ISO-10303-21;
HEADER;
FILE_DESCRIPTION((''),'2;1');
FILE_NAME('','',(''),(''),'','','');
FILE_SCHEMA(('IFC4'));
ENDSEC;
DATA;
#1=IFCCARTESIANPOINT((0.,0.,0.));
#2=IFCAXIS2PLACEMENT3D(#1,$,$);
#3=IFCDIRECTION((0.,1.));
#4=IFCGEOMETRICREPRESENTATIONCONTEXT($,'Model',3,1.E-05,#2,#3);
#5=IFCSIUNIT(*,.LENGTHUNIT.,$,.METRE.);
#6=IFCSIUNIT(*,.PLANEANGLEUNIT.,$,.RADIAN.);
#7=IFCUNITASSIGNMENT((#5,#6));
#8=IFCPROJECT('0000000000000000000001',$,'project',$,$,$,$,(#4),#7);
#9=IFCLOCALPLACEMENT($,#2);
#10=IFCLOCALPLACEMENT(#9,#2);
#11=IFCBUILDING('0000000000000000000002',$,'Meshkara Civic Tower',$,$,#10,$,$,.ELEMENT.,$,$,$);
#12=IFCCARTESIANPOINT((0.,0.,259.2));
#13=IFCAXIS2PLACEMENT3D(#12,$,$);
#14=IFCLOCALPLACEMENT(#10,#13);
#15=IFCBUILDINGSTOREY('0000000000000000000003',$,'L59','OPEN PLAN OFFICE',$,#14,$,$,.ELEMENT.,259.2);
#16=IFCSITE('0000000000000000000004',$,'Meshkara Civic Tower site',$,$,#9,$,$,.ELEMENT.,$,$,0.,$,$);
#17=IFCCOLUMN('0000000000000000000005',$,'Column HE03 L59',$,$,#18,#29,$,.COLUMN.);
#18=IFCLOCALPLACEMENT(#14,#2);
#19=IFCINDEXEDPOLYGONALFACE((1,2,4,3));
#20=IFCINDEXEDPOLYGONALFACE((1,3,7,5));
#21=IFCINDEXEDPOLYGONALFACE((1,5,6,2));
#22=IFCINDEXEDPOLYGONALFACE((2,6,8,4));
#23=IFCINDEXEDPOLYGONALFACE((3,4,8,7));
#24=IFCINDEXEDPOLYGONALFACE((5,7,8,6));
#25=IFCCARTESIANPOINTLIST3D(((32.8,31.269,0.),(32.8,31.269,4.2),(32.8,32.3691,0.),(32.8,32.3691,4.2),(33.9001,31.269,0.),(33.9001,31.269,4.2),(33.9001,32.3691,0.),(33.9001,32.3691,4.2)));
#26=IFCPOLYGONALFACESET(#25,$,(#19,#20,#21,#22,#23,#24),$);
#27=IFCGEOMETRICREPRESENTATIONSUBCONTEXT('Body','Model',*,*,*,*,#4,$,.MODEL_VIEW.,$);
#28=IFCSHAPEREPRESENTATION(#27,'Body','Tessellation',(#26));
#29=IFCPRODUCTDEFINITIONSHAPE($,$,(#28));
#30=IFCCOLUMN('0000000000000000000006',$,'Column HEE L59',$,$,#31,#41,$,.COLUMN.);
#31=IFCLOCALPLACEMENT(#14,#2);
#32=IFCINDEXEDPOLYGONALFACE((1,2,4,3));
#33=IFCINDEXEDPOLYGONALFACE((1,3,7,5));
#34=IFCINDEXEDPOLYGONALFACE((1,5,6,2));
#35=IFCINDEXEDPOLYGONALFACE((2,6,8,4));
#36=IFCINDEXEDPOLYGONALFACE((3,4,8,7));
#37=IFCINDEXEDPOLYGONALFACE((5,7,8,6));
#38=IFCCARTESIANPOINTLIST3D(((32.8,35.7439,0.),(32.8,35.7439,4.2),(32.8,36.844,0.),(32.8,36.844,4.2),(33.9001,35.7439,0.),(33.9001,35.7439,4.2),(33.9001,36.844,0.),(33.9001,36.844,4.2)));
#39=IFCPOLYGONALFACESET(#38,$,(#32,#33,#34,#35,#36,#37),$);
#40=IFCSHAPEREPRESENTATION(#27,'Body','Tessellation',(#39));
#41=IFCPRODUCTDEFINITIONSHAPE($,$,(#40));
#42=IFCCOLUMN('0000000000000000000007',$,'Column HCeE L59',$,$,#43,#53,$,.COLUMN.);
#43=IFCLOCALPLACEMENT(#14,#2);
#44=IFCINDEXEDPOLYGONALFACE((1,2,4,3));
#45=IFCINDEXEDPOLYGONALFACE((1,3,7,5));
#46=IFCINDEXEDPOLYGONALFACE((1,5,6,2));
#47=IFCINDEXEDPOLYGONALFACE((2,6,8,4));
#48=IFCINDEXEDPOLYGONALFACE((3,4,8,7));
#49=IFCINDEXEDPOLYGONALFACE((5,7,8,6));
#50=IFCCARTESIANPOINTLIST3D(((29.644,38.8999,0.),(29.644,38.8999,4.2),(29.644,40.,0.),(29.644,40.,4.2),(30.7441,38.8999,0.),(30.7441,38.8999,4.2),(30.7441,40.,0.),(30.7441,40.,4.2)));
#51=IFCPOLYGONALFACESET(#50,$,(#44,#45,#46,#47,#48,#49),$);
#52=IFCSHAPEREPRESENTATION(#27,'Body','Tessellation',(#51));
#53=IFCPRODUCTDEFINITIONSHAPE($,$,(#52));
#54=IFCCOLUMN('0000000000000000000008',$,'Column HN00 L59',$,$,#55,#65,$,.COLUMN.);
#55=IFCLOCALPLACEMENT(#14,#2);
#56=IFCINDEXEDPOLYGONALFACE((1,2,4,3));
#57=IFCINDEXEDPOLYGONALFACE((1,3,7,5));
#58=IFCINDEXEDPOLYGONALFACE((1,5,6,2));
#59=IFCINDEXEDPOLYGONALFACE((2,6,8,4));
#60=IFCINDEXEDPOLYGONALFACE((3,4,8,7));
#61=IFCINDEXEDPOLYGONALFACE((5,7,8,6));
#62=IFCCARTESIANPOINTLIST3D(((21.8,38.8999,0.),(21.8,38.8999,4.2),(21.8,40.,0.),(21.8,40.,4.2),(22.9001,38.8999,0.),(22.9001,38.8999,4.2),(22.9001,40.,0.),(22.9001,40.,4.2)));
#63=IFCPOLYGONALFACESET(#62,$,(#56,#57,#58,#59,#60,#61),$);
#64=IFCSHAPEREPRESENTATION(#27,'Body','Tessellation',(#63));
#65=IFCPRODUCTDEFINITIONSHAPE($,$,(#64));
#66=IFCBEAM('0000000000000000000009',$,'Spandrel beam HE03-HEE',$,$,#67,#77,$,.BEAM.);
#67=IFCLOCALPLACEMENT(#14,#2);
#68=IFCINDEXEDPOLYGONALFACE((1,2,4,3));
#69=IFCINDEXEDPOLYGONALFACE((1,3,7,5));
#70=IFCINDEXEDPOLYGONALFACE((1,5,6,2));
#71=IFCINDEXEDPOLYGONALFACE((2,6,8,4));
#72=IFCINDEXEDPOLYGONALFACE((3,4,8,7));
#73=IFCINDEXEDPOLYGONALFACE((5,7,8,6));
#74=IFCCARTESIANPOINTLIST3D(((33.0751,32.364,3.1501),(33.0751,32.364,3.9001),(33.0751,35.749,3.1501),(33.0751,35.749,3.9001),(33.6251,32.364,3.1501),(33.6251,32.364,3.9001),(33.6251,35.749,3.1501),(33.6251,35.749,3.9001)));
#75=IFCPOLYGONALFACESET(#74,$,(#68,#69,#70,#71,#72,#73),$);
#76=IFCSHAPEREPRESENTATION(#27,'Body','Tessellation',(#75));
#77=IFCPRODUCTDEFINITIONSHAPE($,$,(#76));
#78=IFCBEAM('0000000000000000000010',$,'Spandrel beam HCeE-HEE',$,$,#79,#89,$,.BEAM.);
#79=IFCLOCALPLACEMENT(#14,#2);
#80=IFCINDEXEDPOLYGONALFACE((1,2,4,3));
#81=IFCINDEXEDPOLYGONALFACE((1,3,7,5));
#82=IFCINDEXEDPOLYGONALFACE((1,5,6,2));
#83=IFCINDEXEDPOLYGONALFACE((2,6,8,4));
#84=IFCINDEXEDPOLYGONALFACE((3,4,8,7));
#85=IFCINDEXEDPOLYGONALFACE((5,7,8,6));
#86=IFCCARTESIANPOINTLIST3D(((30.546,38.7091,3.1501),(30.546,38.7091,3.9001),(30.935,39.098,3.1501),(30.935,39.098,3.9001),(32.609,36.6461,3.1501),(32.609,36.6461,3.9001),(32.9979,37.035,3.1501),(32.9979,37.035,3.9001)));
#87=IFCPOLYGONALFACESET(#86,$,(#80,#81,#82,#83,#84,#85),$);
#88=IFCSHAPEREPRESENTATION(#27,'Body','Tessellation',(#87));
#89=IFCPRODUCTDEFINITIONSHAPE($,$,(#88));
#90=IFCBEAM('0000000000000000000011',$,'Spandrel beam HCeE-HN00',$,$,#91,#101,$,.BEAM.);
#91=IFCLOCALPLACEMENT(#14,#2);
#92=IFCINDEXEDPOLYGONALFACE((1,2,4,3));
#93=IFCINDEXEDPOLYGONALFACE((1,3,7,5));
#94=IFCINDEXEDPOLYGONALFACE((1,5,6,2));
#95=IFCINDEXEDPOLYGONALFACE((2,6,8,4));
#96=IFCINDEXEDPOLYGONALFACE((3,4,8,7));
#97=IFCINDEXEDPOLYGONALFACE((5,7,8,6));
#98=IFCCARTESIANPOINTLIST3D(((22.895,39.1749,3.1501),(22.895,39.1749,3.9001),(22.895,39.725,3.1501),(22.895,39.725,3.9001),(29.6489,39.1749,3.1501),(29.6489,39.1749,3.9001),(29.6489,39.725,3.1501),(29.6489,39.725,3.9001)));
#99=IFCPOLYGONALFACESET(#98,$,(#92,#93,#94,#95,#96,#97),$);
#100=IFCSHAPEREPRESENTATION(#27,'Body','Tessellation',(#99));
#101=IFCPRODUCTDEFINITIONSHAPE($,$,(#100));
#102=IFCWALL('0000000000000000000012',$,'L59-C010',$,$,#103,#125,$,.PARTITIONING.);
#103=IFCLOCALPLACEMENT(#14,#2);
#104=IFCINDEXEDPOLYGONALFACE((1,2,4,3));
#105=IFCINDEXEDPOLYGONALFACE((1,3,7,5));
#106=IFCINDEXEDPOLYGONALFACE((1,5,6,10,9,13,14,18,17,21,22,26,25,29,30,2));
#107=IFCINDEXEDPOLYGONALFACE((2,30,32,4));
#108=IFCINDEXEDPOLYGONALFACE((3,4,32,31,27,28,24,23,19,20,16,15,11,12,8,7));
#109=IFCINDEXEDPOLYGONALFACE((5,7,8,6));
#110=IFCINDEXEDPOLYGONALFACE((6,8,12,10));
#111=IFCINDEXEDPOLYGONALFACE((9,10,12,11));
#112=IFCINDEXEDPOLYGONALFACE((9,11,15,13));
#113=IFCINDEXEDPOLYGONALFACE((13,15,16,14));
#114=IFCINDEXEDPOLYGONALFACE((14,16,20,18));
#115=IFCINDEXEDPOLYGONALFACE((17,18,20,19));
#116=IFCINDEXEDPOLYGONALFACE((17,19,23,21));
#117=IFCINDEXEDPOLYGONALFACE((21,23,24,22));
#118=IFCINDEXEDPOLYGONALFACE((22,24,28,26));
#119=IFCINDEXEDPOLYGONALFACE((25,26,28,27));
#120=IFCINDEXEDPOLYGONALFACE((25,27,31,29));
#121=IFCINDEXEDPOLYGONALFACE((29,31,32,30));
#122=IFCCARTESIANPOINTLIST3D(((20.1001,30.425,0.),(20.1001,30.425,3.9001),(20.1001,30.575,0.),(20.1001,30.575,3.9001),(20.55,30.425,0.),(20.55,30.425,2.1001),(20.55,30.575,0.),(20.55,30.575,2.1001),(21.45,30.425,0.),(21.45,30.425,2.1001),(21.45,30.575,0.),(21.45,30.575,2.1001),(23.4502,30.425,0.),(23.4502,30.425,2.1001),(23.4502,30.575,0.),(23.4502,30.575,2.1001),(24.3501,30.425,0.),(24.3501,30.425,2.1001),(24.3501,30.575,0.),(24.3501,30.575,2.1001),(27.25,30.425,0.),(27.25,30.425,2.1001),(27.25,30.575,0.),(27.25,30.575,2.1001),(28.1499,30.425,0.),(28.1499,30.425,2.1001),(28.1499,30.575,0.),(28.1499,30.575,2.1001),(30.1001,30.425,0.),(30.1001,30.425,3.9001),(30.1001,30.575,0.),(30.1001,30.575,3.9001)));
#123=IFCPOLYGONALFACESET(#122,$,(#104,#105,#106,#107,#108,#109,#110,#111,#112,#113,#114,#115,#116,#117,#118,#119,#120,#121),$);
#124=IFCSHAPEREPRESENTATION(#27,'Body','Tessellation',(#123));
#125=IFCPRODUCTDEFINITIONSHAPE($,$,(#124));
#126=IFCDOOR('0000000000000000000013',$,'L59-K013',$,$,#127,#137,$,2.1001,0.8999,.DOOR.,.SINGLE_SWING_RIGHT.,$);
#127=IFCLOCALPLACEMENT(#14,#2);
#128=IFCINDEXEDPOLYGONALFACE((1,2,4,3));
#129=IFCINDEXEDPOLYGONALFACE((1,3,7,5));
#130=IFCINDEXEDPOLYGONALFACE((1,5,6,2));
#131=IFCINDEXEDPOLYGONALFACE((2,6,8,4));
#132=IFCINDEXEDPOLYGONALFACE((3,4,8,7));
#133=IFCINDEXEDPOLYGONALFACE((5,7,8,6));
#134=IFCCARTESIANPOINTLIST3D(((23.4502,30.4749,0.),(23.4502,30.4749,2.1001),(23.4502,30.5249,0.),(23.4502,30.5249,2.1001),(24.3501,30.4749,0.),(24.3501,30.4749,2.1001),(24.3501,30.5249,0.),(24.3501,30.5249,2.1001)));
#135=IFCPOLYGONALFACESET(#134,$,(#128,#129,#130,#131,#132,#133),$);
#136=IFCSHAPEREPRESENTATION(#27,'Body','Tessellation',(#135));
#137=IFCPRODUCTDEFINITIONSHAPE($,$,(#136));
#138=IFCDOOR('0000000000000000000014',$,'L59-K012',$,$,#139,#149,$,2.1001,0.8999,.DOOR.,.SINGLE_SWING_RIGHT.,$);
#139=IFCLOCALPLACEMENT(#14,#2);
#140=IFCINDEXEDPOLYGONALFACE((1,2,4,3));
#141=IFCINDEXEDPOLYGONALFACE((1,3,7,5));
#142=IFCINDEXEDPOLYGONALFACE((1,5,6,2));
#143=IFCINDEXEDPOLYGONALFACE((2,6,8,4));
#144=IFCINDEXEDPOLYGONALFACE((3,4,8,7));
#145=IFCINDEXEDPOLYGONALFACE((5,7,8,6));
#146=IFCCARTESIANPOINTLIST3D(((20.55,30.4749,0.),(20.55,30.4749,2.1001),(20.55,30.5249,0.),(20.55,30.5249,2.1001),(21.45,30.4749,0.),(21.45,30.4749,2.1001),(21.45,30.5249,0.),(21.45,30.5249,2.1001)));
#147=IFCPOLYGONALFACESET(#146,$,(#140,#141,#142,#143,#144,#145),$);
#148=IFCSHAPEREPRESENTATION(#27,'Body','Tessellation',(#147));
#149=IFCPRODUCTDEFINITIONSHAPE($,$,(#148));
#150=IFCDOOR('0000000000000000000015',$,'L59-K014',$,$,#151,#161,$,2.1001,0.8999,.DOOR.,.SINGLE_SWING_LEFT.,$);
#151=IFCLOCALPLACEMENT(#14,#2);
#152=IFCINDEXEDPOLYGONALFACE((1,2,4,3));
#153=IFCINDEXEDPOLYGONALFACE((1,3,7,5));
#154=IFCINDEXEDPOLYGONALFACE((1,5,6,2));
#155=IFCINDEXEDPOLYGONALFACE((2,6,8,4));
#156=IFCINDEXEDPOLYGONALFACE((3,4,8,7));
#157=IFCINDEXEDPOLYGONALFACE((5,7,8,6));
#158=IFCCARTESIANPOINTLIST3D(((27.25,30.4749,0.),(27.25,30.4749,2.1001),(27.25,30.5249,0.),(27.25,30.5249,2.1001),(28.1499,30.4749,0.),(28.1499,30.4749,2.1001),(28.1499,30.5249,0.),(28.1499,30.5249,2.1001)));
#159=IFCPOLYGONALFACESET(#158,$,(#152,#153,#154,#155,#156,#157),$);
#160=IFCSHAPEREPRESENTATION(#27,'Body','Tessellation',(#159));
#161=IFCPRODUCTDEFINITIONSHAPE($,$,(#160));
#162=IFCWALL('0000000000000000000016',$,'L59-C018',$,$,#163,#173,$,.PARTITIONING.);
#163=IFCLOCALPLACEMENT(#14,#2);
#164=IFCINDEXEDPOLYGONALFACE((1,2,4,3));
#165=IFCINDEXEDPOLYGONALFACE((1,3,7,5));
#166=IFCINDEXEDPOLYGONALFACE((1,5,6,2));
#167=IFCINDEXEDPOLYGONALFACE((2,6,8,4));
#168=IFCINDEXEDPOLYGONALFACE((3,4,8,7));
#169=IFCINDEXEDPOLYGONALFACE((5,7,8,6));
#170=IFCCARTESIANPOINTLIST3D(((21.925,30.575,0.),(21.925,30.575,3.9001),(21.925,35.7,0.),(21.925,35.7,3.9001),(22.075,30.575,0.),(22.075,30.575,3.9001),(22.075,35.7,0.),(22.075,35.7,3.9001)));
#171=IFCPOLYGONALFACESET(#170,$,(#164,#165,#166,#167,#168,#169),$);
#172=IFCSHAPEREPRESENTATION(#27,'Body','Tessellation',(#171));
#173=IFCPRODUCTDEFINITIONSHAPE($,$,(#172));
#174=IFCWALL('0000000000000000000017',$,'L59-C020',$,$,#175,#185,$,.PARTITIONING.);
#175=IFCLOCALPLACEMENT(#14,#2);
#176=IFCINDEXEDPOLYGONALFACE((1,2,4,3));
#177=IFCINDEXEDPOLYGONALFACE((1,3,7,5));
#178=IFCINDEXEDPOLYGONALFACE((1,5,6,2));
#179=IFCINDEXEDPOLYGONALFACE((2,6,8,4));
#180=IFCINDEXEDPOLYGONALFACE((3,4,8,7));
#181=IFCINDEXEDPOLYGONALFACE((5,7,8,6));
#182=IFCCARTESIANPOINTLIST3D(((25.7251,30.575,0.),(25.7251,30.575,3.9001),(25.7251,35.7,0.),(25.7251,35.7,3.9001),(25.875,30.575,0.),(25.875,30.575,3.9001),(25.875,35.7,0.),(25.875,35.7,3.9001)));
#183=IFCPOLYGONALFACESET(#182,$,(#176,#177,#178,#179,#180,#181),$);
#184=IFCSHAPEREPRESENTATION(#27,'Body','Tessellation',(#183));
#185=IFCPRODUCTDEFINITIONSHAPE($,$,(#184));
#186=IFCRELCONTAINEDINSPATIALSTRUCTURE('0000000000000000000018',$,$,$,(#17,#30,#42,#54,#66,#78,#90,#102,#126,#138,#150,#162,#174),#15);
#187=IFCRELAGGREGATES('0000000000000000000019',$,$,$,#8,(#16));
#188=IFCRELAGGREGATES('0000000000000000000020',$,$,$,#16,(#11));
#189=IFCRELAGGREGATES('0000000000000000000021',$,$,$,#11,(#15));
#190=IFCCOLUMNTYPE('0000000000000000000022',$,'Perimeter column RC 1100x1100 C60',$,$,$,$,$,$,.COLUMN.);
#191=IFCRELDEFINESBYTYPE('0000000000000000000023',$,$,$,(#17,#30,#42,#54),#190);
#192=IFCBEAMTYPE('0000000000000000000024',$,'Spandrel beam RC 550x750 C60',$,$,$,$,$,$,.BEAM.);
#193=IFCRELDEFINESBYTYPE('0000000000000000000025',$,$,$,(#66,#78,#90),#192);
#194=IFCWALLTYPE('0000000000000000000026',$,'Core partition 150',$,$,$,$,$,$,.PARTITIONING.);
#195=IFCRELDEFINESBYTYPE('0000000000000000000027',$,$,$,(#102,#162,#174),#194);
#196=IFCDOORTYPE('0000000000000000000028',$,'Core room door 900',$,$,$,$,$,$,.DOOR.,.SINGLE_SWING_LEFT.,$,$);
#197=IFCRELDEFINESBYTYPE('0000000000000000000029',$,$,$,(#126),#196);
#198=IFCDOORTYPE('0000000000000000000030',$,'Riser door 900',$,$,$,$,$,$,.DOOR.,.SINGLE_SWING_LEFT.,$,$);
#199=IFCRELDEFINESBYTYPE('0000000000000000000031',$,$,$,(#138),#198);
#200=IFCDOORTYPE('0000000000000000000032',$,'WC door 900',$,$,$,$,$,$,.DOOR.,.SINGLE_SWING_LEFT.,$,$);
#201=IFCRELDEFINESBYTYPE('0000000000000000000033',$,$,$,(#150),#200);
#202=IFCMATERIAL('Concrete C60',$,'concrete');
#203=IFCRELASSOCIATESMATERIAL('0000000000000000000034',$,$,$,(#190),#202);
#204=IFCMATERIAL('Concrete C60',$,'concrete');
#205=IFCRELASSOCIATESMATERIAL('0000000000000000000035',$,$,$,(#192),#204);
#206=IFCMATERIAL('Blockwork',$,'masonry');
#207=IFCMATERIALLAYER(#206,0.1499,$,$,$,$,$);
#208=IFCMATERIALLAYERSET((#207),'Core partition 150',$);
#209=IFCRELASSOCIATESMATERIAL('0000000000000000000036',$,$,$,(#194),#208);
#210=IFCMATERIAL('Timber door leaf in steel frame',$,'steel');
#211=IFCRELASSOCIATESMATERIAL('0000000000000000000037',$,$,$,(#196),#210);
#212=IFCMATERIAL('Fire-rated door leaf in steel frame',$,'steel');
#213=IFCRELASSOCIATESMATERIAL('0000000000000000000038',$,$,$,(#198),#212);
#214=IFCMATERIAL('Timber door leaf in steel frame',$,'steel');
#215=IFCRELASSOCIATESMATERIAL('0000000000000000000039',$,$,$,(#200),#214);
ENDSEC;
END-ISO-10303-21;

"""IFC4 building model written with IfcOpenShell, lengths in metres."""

from ifc_helpers import new_model, si_unit, direction, frame, frame_2d, origin, origin_2d, place, context, subcontext, project, spatial, rectangle, extrude, material, layer, layer_set, material_profile, profile_set, type_object, element, fill, save


model = new_model("IFC4")

# Units and contexts
model_context = context("Model", 3, precision=1e-05, world=origin(), true_north=direction((0.0, 1.0)))
body_context = subcontext(model_context, "Body", "Model", "MODEL_VIEW")
ifc_project = project(units=[si_unit("LENGTHUNIT", "METRE"), si_unit("PLANEANGLEUNIT", "RADIAN")], contexts=[model_context])

# Site, building, storey
site_placement = place(None, origin())
site = spatial("IfcSite", under=ifc_project, at=site_placement, Name="Meshkara Civic Tower site", CompositionType="ELEMENT", RefElevation=0.0)
building_placement = place(site_placement, origin())
building = spatial("IfcBuilding", under=site, at=building_placement, Name="Meshkara Civic Tower", CompositionType="ELEMENT")
storey_placement = place(building_placement, frame((0.0, 0.0, 259.2)))
storey = spatial("IfcBuildingStorey", under=building, at=storey_placement, Name="L59", Description="OPEN PLAN OFFICE", CompositionType="ELEMENT", Elevation=259.2)

# Columns
ifc_material_1 = material(Name="Concrete C60", Category="concrete")
ifc_material_profile_1 = material_profile(ifc_material_1, rectangle(XDim=1.1001, YDim=1.1001, at=origin_2d()))
ifc_profile_set_1 = profile_set([ifc_material_profile_1], Name="Concrete C60")
column_type = type_object("IfcColumnType", Name="Perimeter column RC 1100x1100 C60", PredefinedType="COLUMN", material=ifc_profile_set_1)
for number, where, z_axis, x_axis, name in (
    (1, (33.3501, 31.8191, 0.0), (0.0, 0.0, 1.0), (1.0, 0.0, 0.0), "Column HE03 L59"),
    (2, (33.3501, 36.2939, 0.0), (0.0, 0.0, 1.0), (1.0, 0.0, 0.0), "Column HEE L59"),
    (3, (30.1941, 39.45, 0.0), (0.0, 0.0, 1.0), (1.0, 0.0, 0.0), "Column HCeE L59"),
    (4, (22.3501, 39.45, 0.0), (0.0, 0.0, 1.0), (1.0, 0.0, 0.0), "Column HN00 L59"),
):
    element("IfcColumn", number, at=place(storey_placement, frame(where, z_axis=z_axis, x_axis=x_axis)), inside=storey, type_object=column_type, Name=name, PredefinedType="COLUMN", context=body_context, shape_type="SweptSolid", body=[
        extrude(rectangle(XDim=1.1001, YDim=1.1001, at=origin_2d()), origin(), (0.0, 0.0, 1.0), 4.2),
    ])

# Beams
ifc_material_2 = material(Name="Concrete C60", Category="concrete")
ifc_material_profile_2 = material_profile(ifc_material_2, rectangle(XDim=0.55, YDim=0.75, at=origin_2d()))
ifc_profile_set_2 = profile_set([ifc_material_profile_2], Name="Concrete C60")
beam_type = type_object("IfcBeamType", Name="Spandrel beam RC 550x750 C60", PredefinedType="BEAM", material=ifc_profile_set_2)
beam_1_placement = place(storey_placement, frame((33.3501, 32.364, 3.5251), z_axis=(0.0, 1.0, 0.0), x_axis=(-1.0, 0.0, 0.0)))
element("IfcBeam", 5, at=beam_1_placement, inside=storey, type_object=beam_type, Name="Spandrel beam HE03-HEE", PredefinedType="BEAM", context=body_context, shape_type="SweptSolid", body=[
    extrude(rectangle(XDim=0.55, YDim=0.75, at=origin_2d()), origin(), (0.0, 0.0, 1.0), 3.385),
])
beam_2_placement = place(storey_placement, frame((32.8035, 36.8406, 3.5251), z_axis=(-0.707107, 0.707107, 0.0), x_axis=(-0.707107, -0.707107, 0.0)))
element("IfcBeam", 6, at=beam_2_placement, inside=storey, type_object=beam_type, Name="Spandrel beam HCeE-HEE", PredefinedType="BEAM", context=body_context, shape_type="SweptSolid", body=[
    extrude(rectangle(XDim=0.55, YDim=0.75, at=origin_2d()), origin(), (0.0, 0.0, 1.0), 2.9175),
])
beam_3_placement = place(storey_placement, frame((29.6489, 39.45, 3.5251), z_axis=(-1.0, 0.0, 0.0), x_axis=(0.0, -1.0, 0.0)))
element("IfcBeam", 7, at=beam_3_placement, inside=storey, type_object=beam_type, Name="Spandrel beam HCeE-HN00", PredefinedType="BEAM", context=body_context, shape_type="SweptSolid", body=[
    extrude(rectangle(XDim=0.55, YDim=0.75, at=origin_2d()), origin(), (0.0, 0.0, 1.0), 6.7539),
])

# Wall, openings, doors
ifc_material_3 = material(Name="Blockwork", Category="masonry")
ifc_layer_1 = layer(ifc_material_3, 0.1499)
ifc_layer_set_1 = layer_set([ifc_layer_1], Name="Core partition 150")
wall_type_1 = type_object("IfcWallType", Name="Core partition 150", PredefinedType="PARTITIONING", material=ifc_layer_set_1)
wall_1_placement = place(storey_placement, frame((20.1001, 30.5, 0.0), z_axis=(0.0, 0.0, 1.0), x_axis=(1.0, 0.0, 0.0)))
wall_1 = element("IfcWall", 8, at=wall_1_placement, inside=storey, type_object=wall_type_1, Name="L59-C010", PredefinedType="PARTITIONING", context=body_context, shape_type="SweptSolid", body=[
    extrude(rectangle(XDim=10.0, YDim=0.1499, at=frame_2d((5.0, 0.0))), origin(), (0.0, 0.0, 1.0), 3.9001),
])
opening_1_placement = place(wall_1_placement, frame((0.45, 0.0, 0.0)))
opening_1 = element("IfcOpeningElement", 9, at=opening_1_placement, cuts=wall_1, PredefinedType="OPENING", context=body_context, shape_type="SweptSolid", body=[
    extrude(rectangle(XDim=0.8999, YDim=2.1001, at=frame_2d((0.45, 1.05))), frame((0.0, 0.085, 0.0), z_axis=(0.0, -1.0, 0.0), x_axis=(1.0, 0.0, 0.0)), (0.0, 0.0, 1.0), 0.1699),
])
opening_2_placement = place(wall_1_placement, frame((3.3501, 0.0, 0.0)))
opening_2 = element("IfcOpeningElement", 10, at=opening_2_placement, cuts=wall_1, PredefinedType="OPENING", context=body_context, shape_type="SweptSolid", body=[
    extrude(rectangle(XDim=0.8999, YDim=2.1001, at=frame_2d((0.45, 1.05))), frame((0.0, 0.085, 0.0), z_axis=(0.0, -1.0, 0.0), x_axis=(1.0, 0.0, 0.0)), (0.0, 0.0, 1.0), 0.1699),
])
opening_3_placement = place(wall_1_placement, frame((7.1499, 0.0, 0.0)))
opening_3 = element("IfcOpeningElement", 11, at=opening_3_placement, cuts=wall_1, PredefinedType="OPENING", context=body_context, shape_type="SweptSolid", body=[
    extrude(rectangle(XDim=0.8999, YDim=2.1001, at=frame_2d((0.45, 1.05))), frame((0.0, 0.085, 0.0), z_axis=(0.0, -1.0, 0.0), x_axis=(1.0, 0.0, 0.0)), (0.0, 0.0, 1.0), 0.1699),
])
ifc_material_4 = material(Name="Timber door leaf in steel frame", Category="steel")
door_type_1 = type_object("IfcDoorType", Name="Core room door 900", OperationType="SINGLE_SWING_LEFT", PredefinedType="DOOR", material=ifc_material_4)
door_1_placement = place(opening_2_placement, origin())
door_1 = element("IfcDoor", 12, at=door_1_placement, inside=storey, type_object=door_type_1, Name="L59-K013", OperationType="SINGLE_SWING_RIGHT", OverallHeight=2.1001, OverallWidth=0.8999, PredefinedType="DOOR", context=body_context, shape_type="SweptSolid", body=[
    extrude(rectangle(XDim=0.8999, YDim=2.1001, at=frame_2d((0.45, 1.05))), frame((0.0, 0.0249, 0.0), z_axis=(0.0, -1.0, 0.0), x_axis=(1.0, 0.0, 0.0)), (0.0, 0.0, 1.0), 0.05),
])
fill(opening_2, door_1)
ifc_material_5 = material(Name="Fire-rated door leaf in steel frame", Category="steel")
door_type_2 = type_object("IfcDoorType", Name="Riser door 900", OperationType="SINGLE_SWING_LEFT", PredefinedType="DOOR", material=ifc_material_5)
door_2_placement = place(opening_1_placement, origin())
door_2 = element("IfcDoor", 13, at=door_2_placement, inside=storey, type_object=door_type_2, Name="L59-K012", OperationType="SINGLE_SWING_RIGHT", OverallHeight=2.1001, OverallWidth=0.8999, PredefinedType="DOOR", context=body_context, shape_type="SweptSolid", body=[
    extrude(rectangle(XDim=0.8999, YDim=2.1001, at=frame_2d((0.45, 1.05))), frame((0.0, 0.0249, 0.0), z_axis=(0.0, -1.0, 0.0), x_axis=(1.0, 0.0, 0.0)), (0.0, 0.0, 1.0), 0.05),
])
fill(opening_1, door_2)
ifc_material_6 = material(Name="Timber door leaf in steel frame", Category="steel")
door_type_3 = type_object("IfcDoorType", Name="WC door 900", OperationType="SINGLE_SWING_LEFT", PredefinedType="DOOR", material=ifc_material_6)
door_3_placement = place(opening_3_placement, origin())
door_3 = element("IfcDoor", 14, at=door_3_placement, inside=storey, type_object=door_type_3, Name="L59-K014", OperationType="SINGLE_SWING_LEFT", OverallHeight=2.1001, OverallWidth=0.8999, PredefinedType="DOOR", context=body_context, shape_type="SweptSolid", body=[
    extrude(rectangle(XDim=0.8999, YDim=2.1001, at=frame_2d((0.45, 1.05))), frame((0.0, 0.0249, 0.0), z_axis=(0.0, -1.0, 0.0), x_axis=(1.0, 0.0, 0.0)), (0.0, 0.0, 1.0), 0.05),
])
fill(opening_3, door_3)

# Walls
for number, where, z_axis, x_axis, name in (
    (15, (22.0, 30.575, 0.0), (0.0, 0.0, 1.0), (0.0, 1.0, 0.0), "L59-C018"),
    (16, (25.8, 30.575, 0.0), (0.0, 0.0, 1.0), (0.0, 1.0, 0.0), "L59-C020"),
):
    element("IfcWall", number, at=place(storey_placement, frame(where, z_axis=z_axis, x_axis=x_axis)), inside=storey, type_object=wall_type_1, Name=name, PredefinedType="PARTITIONING", context=body_context, shape_type="SweptSolid", body=[
        extrude(rectangle(XDim=5.125, YDim=0.1499, at=frame_2d((2.5625, 0.0))), origin(), (0.0, 0.0, 1.0), 3.9001),
    ])

save(model, "model.ifc")
